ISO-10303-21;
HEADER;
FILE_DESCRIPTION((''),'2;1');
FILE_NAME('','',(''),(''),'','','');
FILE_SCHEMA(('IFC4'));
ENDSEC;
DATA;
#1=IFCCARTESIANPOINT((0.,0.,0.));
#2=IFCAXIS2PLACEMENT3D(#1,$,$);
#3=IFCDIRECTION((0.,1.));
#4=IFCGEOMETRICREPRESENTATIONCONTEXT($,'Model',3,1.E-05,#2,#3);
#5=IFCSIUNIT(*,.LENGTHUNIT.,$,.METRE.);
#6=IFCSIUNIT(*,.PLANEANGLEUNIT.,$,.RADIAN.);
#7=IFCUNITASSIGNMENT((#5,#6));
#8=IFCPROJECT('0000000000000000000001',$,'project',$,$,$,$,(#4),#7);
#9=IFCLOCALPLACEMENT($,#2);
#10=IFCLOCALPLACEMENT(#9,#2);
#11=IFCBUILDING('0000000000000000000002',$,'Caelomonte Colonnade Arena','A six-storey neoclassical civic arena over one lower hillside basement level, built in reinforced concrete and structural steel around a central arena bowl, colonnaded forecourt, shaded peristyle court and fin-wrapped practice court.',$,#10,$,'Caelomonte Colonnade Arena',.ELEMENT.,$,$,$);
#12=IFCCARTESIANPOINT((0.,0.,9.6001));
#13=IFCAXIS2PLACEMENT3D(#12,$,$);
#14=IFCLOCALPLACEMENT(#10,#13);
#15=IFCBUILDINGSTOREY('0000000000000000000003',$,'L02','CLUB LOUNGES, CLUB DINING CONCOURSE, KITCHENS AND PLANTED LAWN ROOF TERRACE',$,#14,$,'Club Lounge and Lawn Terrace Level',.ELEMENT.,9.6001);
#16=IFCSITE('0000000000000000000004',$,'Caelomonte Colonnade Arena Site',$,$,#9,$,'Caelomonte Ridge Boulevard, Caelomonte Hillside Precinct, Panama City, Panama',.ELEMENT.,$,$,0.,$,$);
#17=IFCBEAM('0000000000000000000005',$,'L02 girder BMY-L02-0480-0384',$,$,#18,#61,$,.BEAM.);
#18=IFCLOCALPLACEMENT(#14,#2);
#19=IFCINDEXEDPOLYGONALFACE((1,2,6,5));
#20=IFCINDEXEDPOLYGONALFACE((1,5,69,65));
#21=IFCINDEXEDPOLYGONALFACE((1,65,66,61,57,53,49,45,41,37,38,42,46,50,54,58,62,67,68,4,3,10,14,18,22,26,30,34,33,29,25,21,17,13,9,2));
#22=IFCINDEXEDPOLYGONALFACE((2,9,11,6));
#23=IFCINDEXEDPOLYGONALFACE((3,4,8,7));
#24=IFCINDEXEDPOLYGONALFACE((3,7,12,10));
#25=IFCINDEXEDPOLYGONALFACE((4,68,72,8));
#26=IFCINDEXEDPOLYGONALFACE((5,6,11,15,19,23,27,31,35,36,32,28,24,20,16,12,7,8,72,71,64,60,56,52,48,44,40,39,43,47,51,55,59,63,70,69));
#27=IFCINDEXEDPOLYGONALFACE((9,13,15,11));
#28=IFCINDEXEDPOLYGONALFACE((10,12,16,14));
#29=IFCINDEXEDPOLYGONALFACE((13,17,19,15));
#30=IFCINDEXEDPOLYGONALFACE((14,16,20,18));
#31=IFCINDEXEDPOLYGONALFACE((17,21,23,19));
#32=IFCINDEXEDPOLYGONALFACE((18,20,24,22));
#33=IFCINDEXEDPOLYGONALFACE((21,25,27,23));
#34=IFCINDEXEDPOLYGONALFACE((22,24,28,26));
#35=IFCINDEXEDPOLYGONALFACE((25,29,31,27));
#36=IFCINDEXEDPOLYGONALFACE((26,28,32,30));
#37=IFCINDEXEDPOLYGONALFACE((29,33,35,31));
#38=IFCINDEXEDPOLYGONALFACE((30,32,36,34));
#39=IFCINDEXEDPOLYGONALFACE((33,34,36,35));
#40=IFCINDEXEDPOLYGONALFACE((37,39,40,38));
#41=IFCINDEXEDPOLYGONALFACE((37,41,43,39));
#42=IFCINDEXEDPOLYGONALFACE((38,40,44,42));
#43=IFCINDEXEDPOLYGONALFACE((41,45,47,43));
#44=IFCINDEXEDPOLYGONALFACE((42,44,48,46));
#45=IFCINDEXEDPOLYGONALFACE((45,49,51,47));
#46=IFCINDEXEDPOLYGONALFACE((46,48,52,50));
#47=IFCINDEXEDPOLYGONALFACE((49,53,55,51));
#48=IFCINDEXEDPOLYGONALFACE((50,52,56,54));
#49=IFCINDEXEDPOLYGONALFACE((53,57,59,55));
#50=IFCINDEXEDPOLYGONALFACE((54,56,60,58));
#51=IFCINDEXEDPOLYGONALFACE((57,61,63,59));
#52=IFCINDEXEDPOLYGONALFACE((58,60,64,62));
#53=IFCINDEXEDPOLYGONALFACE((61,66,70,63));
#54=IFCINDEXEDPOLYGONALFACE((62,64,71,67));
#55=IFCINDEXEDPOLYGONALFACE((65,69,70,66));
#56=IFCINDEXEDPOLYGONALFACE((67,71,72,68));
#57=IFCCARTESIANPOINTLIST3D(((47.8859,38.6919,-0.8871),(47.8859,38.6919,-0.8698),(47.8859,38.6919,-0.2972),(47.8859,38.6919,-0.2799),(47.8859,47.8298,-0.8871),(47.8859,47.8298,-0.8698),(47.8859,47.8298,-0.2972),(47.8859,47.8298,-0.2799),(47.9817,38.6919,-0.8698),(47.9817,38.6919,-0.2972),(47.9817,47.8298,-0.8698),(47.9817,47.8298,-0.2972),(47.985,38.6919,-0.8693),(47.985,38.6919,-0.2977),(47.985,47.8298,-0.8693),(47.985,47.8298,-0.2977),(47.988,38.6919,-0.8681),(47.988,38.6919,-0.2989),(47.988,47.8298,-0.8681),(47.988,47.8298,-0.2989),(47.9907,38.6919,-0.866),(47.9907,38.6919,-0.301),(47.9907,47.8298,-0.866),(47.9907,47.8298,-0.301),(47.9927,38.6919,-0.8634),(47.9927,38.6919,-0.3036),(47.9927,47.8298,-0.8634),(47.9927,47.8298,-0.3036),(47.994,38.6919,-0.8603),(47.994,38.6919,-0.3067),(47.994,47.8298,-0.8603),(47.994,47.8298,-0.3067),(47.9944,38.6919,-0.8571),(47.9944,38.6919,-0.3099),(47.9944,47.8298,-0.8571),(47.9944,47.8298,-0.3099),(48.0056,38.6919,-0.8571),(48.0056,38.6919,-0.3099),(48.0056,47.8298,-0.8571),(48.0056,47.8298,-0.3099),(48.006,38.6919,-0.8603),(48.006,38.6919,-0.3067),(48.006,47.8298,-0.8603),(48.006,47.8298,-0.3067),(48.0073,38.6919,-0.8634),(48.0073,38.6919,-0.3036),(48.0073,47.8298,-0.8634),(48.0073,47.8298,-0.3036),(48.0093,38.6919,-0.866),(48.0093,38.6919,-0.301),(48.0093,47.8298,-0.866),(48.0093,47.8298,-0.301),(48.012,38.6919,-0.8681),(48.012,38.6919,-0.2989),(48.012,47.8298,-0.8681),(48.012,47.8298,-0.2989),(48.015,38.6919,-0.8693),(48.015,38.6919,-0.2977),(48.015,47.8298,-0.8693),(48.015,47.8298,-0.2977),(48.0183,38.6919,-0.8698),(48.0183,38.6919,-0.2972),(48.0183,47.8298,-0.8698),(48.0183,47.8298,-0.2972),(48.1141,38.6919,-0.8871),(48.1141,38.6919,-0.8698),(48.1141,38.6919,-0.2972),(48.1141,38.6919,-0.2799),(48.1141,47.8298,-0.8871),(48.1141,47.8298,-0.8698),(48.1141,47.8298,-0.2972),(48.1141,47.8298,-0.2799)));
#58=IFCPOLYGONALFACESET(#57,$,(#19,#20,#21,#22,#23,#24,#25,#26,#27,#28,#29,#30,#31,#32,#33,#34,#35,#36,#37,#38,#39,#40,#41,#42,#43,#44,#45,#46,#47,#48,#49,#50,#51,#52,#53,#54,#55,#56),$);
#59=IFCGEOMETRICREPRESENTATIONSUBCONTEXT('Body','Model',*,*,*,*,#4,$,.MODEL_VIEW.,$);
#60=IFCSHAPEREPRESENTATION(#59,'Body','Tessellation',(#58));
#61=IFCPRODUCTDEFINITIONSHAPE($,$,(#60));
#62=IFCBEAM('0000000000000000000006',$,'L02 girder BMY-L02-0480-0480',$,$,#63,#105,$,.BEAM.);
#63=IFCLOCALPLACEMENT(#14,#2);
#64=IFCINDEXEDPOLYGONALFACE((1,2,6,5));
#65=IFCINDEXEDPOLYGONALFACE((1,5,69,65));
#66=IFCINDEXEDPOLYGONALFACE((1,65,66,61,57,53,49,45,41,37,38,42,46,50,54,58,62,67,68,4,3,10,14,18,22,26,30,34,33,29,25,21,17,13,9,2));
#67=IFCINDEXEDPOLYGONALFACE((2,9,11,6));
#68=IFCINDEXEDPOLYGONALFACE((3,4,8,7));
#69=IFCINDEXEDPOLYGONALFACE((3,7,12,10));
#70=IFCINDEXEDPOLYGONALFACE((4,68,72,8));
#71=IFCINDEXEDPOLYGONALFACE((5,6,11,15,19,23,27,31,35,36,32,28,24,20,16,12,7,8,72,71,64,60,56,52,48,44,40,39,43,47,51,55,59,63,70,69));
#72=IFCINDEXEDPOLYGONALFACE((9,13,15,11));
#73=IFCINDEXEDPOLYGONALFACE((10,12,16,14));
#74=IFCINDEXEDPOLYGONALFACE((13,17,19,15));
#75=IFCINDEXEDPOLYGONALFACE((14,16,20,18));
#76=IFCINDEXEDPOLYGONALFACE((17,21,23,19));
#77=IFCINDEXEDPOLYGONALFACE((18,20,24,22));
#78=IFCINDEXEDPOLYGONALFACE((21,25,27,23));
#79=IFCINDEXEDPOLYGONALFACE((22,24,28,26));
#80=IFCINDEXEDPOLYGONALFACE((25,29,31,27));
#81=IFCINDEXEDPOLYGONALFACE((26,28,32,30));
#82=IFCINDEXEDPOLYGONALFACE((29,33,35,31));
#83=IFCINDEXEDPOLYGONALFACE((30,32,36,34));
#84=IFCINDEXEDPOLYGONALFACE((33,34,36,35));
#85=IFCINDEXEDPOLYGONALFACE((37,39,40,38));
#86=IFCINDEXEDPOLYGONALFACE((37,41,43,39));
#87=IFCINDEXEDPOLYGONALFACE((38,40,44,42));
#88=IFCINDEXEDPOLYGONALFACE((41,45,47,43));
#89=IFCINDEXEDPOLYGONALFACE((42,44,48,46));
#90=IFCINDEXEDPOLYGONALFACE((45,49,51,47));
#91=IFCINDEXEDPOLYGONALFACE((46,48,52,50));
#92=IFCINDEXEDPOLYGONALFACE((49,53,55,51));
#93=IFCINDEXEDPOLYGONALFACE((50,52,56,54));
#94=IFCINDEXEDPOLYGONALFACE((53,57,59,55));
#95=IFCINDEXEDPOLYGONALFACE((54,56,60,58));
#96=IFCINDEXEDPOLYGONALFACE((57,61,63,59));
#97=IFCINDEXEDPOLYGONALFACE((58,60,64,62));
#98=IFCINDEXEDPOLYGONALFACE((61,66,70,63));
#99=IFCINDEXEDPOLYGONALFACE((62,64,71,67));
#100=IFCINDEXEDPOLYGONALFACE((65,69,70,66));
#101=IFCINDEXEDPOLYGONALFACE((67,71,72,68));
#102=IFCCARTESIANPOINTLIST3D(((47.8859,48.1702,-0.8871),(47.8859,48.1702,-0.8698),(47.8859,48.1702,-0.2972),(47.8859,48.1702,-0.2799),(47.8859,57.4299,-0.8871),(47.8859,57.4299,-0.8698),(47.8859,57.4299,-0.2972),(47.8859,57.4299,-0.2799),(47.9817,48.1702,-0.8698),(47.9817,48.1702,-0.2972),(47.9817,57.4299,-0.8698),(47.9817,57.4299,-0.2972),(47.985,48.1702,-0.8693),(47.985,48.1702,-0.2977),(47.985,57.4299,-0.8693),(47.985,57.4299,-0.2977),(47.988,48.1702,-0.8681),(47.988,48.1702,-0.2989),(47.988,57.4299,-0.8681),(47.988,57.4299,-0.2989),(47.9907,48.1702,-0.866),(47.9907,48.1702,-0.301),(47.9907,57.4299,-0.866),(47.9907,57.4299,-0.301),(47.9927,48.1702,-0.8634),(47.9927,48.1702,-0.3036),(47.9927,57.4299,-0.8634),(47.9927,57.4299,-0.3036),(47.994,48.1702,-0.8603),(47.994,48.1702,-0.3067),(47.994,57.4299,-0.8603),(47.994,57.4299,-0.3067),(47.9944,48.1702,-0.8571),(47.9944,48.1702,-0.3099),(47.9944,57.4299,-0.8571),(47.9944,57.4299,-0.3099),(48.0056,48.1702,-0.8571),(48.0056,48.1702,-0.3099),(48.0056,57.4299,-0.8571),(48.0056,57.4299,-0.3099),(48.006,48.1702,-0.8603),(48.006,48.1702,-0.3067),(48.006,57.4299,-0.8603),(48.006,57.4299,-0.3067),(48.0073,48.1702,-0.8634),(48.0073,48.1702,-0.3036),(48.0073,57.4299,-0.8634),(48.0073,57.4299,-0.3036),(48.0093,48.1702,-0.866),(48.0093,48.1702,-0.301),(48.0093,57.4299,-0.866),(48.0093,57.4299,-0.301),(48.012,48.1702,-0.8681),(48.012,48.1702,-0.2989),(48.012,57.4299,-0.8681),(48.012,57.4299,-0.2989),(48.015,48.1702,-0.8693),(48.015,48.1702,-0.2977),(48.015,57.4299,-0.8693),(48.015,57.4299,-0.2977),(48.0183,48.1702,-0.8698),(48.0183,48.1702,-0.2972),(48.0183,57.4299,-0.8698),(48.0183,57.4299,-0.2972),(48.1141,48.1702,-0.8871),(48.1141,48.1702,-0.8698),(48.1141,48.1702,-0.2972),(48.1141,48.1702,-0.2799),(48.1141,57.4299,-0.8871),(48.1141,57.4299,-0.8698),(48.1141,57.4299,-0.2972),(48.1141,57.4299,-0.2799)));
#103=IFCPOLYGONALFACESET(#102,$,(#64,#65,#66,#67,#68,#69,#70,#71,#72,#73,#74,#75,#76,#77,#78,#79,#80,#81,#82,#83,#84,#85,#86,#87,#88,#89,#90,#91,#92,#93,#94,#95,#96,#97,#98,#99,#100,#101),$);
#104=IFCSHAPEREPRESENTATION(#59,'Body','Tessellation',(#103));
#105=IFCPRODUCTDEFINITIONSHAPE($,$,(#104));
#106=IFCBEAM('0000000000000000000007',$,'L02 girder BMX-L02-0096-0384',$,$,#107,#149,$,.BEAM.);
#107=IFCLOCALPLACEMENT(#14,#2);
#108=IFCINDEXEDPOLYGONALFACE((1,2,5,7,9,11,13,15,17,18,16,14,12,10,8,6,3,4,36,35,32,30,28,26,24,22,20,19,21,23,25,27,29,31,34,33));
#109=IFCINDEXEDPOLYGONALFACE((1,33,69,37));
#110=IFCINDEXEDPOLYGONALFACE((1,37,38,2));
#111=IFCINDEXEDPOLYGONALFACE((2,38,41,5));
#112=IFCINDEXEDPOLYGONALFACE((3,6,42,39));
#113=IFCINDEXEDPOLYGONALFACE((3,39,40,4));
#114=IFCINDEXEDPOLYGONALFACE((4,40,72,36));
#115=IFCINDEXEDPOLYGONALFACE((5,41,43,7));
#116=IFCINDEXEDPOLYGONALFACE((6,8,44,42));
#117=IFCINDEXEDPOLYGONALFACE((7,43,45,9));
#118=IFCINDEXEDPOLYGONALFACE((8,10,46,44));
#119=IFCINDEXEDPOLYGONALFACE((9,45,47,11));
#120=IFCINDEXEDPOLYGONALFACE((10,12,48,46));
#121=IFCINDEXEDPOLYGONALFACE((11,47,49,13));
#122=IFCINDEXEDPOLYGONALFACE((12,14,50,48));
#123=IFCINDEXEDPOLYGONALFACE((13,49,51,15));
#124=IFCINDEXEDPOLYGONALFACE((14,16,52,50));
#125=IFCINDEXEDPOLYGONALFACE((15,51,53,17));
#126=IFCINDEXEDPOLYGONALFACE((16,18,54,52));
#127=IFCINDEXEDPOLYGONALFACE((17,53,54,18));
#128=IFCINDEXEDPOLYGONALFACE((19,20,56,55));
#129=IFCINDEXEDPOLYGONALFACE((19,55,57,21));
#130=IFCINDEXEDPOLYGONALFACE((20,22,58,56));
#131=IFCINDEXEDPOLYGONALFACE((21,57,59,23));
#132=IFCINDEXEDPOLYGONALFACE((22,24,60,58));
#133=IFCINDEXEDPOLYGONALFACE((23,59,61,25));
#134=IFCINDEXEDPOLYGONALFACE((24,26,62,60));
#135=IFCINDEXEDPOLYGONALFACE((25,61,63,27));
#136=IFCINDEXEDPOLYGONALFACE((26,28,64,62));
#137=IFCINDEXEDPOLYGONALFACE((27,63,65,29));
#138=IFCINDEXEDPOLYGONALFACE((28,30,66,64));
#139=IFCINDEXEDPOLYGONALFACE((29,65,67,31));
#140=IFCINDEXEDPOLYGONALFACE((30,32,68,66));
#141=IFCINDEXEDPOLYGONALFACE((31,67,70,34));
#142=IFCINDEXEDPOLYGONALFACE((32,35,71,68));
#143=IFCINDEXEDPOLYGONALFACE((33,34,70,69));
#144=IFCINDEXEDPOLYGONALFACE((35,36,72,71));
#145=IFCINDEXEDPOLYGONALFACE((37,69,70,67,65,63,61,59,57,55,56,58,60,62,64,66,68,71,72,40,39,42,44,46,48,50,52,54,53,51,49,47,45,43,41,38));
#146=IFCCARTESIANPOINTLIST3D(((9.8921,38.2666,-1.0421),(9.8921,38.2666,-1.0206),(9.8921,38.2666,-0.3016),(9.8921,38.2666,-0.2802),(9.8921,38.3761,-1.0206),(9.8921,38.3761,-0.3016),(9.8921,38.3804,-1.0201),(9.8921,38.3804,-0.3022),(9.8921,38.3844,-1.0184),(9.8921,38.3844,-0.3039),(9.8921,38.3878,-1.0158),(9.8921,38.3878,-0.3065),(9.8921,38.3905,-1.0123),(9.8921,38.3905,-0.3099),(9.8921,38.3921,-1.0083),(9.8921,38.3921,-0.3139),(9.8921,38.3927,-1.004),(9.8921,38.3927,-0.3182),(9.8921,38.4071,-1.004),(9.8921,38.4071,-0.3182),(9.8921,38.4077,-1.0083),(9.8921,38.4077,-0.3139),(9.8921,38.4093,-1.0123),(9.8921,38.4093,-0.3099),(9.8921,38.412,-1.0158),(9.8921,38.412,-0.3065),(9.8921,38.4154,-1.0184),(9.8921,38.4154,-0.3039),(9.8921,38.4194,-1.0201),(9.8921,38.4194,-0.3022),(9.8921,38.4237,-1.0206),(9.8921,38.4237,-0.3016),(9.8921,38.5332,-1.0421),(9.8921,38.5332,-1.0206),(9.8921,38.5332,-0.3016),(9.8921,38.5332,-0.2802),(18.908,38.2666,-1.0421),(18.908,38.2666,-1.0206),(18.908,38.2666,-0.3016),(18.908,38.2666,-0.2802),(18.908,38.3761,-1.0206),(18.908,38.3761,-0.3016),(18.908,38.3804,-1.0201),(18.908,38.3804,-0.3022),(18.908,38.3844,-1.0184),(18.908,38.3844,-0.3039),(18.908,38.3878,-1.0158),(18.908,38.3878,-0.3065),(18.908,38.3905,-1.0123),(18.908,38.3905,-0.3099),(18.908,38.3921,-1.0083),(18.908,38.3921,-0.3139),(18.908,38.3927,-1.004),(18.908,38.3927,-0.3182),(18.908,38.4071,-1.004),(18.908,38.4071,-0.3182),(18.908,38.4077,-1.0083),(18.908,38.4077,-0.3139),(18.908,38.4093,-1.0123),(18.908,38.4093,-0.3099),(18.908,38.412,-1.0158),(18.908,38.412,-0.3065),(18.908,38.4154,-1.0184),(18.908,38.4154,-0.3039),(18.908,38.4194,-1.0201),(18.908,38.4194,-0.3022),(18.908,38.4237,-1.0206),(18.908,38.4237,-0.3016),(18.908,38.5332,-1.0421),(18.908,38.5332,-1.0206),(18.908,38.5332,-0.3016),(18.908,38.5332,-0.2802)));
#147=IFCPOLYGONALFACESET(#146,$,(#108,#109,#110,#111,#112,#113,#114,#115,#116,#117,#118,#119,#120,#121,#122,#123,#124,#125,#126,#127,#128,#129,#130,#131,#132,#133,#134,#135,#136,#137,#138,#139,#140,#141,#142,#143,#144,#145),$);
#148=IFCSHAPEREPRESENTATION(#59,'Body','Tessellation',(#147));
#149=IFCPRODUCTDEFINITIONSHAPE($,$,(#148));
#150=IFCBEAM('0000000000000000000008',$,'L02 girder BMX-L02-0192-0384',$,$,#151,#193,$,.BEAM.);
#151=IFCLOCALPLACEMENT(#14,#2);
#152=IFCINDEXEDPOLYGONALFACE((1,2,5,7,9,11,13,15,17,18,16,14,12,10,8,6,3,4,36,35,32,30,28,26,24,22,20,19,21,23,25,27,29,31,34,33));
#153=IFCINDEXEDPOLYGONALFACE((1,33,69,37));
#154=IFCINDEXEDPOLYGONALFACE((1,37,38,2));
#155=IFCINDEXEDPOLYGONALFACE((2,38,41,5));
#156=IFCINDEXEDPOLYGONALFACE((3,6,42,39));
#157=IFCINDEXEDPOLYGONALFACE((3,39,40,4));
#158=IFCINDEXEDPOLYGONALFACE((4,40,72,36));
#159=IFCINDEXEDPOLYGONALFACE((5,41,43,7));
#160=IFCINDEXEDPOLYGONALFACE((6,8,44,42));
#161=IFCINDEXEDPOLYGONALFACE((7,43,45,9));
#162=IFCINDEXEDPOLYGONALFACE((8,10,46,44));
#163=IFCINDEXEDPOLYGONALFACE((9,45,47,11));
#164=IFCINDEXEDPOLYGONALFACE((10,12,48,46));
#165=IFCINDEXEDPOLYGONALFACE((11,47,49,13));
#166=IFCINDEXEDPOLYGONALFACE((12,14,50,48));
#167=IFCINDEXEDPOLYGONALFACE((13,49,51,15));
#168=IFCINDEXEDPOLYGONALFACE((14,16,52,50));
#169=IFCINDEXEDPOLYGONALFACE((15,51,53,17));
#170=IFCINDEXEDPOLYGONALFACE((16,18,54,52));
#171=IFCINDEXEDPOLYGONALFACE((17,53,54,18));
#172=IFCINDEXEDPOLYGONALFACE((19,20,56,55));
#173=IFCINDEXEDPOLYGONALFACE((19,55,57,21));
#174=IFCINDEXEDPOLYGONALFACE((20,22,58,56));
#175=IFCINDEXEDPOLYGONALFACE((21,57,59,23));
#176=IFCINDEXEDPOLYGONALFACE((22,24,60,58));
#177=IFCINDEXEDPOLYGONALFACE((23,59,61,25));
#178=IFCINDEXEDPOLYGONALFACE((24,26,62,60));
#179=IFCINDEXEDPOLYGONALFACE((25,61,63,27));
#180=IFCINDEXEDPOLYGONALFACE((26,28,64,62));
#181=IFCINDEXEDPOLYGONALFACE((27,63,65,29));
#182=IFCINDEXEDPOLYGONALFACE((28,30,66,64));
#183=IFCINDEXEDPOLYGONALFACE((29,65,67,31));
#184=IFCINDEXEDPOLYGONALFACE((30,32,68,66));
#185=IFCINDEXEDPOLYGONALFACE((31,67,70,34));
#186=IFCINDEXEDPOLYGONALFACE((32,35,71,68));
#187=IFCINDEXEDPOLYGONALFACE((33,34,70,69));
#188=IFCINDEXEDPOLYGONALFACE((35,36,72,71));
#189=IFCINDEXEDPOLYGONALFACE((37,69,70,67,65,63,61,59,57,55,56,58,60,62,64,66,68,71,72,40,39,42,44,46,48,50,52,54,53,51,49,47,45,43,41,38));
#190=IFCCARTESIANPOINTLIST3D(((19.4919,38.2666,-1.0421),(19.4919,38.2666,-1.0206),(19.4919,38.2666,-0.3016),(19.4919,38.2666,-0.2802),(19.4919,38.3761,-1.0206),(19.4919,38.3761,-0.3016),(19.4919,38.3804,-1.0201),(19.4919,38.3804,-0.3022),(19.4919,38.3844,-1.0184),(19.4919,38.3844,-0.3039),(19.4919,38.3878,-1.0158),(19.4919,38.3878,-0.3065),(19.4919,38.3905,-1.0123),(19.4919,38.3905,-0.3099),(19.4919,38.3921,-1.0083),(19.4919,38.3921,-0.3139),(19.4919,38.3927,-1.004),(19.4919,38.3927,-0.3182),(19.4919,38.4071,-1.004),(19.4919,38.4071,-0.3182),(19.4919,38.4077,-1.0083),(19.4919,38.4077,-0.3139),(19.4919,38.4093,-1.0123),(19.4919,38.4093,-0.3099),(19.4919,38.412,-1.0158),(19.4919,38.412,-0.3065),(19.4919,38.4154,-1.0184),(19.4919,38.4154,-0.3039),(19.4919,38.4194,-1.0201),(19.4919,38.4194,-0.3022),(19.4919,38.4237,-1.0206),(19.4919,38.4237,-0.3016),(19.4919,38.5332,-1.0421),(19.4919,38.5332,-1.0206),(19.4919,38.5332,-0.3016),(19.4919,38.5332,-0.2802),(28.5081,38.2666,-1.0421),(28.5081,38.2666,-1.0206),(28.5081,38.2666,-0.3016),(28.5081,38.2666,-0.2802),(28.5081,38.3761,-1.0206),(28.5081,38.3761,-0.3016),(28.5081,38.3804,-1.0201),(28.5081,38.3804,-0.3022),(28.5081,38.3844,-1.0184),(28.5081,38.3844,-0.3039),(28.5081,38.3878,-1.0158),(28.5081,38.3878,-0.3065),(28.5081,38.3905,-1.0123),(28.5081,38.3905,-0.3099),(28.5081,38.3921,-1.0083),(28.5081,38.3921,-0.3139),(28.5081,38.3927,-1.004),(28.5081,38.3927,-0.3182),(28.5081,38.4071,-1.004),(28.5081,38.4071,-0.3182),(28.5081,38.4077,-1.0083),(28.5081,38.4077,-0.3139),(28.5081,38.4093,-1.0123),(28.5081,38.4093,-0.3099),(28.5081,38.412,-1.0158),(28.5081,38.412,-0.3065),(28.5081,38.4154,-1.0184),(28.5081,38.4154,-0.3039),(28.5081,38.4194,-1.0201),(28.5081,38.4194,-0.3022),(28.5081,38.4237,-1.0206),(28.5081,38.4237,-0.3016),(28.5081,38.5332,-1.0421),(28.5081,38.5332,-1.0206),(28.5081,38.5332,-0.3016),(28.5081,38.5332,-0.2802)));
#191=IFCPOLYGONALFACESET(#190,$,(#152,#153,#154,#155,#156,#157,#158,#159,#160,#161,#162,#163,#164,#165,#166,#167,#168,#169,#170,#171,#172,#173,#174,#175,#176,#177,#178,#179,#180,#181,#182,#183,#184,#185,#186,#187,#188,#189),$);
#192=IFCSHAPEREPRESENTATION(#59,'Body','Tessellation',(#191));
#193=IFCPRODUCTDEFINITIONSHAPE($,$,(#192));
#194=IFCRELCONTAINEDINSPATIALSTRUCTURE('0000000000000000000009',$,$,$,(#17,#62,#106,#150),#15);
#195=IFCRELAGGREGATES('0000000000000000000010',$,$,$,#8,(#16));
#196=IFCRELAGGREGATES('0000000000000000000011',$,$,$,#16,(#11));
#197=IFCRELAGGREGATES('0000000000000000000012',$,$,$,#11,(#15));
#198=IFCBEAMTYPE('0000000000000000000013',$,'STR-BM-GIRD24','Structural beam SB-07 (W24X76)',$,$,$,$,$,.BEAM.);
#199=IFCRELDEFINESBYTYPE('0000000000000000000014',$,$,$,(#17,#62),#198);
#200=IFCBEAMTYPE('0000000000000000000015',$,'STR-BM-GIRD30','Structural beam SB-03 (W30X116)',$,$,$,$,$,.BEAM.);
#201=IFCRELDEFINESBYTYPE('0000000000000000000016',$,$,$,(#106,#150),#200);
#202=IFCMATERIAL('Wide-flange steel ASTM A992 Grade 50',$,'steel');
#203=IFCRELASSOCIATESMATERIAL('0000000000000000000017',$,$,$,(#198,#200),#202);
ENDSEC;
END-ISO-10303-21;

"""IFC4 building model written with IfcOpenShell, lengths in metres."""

from ifc_helpers import new_model, si_unit, direction, frame, origin, origin_2d, place, context, subcontext, project, spatial, i_section, extrude, material, material_profile, profile_set, type_object, element, save


model = new_model("IFC4")

# Units and contexts
model_context = context("Model", 3, precision=1e-05, world=origin(), true_north=direction((0.0, 1.0)))
body_context = subcontext(model_context, "Body", "Model", "MODEL_VIEW")
ifc_project = project(units=[si_unit("LENGTHUNIT", "METRE"), si_unit("PLANEANGLEUNIT", "RADIAN")], contexts=[model_context])

# Site, building, storey
site_placement = place(None, origin())
site = spatial("IfcSite", under=ifc_project, at=site_placement, Name="Caelomonte Colonnade Arena Site", LongName="Caelomonte Ridge Boulevard, Caelomonte Hillside Precinct, Panama City, Panama", CompositionType="ELEMENT", RefElevation=0.0)
building_placement = place(site_placement, origin())
building = spatial("IfcBuilding", under=site, at=building_placement, Name="Caelomonte Colonnade Arena", Description="A six-storey neoclassical civic arena over one lower hillside basement level, built in reinforced concrete and structural steel around a central arena bowl, colonnaded forecourt, shaded peristyle court and fin-wrapped practice court.", LongName="Caelomonte Colonnade Arena", CompositionType="ELEMENT")
storey_placement = place(building_placement, frame((0.0, 0.0, 9.6001)))
storey = spatial("IfcBuildingStorey", under=building, at=storey_placement, Name="L02", Description="CLUB LOUNGES, CLUB DINING CONCOURSE, KITCHENS AND PLANTED LAWN ROOF TERRACE", LongName="Club Lounge and Lawn Terrace Level", CompositionType="ELEMENT", Elevation=9.6001)

# Beams
ifc_material_1 = material(Name="Wide-flange steel ASTM A992 Grade 50", Category="steel")
ifc_material_profile_1 = material_profile(ifc_material_1, i_section(OverallWidth=0.2283, OverallDepth=0.6072, WebThickness=0.0112, FlangeThickness=0.0173, FilletRadius=0.0127, at=origin_2d()), Name="W24X76")
ifc_profile_set_1 = profile_set([ifc_material_profile_1], Name="Wide-flange steel ASTM A992 Grade 50")
beam_type_1 = type_object("IfcBeamType", Name="STR-BM-GIRD24", Description="Structural beam SB-07 (W24X76)", PredefinedType="BEAM", material=ifc_profile_set_1)
beam_1_placement = place(storey_placement, frame((48.0, 38.6919, -0.5835), z_axis=(0.0, 1.0, 0.0), x_axis=(-1.0, 0.0, 0.0)))
element("IfcBeam", 1, at=beam_1_placement, inside=storey, type_object=beam_type_1, Name="L02 girder BMY-L02-0480-0384", PredefinedType="BEAM", context=body_context, shape_type="SweptSolid", body=[
    extrude(i_section(OverallWidth=0.2283, OverallDepth=0.6072, WebThickness=0.0112, FlangeThickness=0.0173, FilletRadius=0.0127, at=origin_2d()), origin(), (0.0, 0.0, 1.0), 9.1379),
])
beam_2_placement = place(storey_placement, frame((48.0, 48.1702, -0.5835), z_axis=(0.0, 1.0, 0.0), x_axis=(-1.0, 0.0, 0.0)))
element("IfcBeam", 2, at=beam_2_placement, inside=storey, type_object=beam_type_1, Name="L02 girder BMY-L02-0480-0480", PredefinedType="BEAM", context=body_context, shape_type="SweptSolid", body=[
    extrude(i_section(OverallWidth=0.2283, OverallDepth=0.6072, WebThickness=0.0112, FlangeThickness=0.0173, FilletRadius=0.0127, at=origin_2d()), origin(), (0.0, 0.0, 1.0), 9.2598),
])
ifc_material_profile_2 = material_profile(ifc_material_1, i_section(OverallWidth=0.2666, OverallDepth=0.762, WebThickness=0.0144, FlangeThickness=0.0215, FilletRadius=0.0166, at=origin_2d()), Name="W30X116")
ifc_profile_set_2 = profile_set([ifc_material_profile_2], Name="Wide-flange steel ASTM A992 Grade 50")
beam_type_2 = type_object("IfcBeamType", Name="STR-BM-GIRD30", Description="Structural beam SB-03 (W30X116)", PredefinedType="BEAM", material=ifc_profile_set_2)
beam_3_placement = place(storey_placement, frame((9.8921, 38.3999, -0.6611), z_axis=(1.0, 0.0, 0.0), x_axis=(0.0, 1.0, 0.0)))
element("IfcBeam", 3, at=beam_3_placement, inside=storey, type_object=beam_type_2, Name="L02 girder BMX-L02-0096-0384", PredefinedType="BEAM", context=body_context, shape_type="SweptSolid", body=[
    extrude(i_section(OverallWidth=0.2666, OverallDepth=0.762, WebThickness=0.0144, FlangeThickness=0.0215, FilletRadius=0.0166, at=origin_2d()), origin(), (0.0, 0.0, 1.0), 9.0159),
])
beam_4_placement = place(storey_placement, frame((19.4919, 38.3999, -0.6611), z_axis=(1.0, 0.0, 0.0), x_axis=(0.0, 1.0, 0.0)))
element("IfcBeam", 4, at=beam_4_placement, inside=storey, type_object=beam_type_2, Name="L02 girder BMX-L02-0192-0384", PredefinedType="BEAM", context=body_context, shape_type="SweptSolid", body=[
    extrude(i_section(OverallWidth=0.2666, OverallDepth=0.762, WebThickness=0.0144, FlangeThickness=0.0215, FilletRadius=0.0166, at=origin_2d()), origin(), (0.0, 0.0, 1.0), 9.0161),
])

save(model, "model.ifc")
